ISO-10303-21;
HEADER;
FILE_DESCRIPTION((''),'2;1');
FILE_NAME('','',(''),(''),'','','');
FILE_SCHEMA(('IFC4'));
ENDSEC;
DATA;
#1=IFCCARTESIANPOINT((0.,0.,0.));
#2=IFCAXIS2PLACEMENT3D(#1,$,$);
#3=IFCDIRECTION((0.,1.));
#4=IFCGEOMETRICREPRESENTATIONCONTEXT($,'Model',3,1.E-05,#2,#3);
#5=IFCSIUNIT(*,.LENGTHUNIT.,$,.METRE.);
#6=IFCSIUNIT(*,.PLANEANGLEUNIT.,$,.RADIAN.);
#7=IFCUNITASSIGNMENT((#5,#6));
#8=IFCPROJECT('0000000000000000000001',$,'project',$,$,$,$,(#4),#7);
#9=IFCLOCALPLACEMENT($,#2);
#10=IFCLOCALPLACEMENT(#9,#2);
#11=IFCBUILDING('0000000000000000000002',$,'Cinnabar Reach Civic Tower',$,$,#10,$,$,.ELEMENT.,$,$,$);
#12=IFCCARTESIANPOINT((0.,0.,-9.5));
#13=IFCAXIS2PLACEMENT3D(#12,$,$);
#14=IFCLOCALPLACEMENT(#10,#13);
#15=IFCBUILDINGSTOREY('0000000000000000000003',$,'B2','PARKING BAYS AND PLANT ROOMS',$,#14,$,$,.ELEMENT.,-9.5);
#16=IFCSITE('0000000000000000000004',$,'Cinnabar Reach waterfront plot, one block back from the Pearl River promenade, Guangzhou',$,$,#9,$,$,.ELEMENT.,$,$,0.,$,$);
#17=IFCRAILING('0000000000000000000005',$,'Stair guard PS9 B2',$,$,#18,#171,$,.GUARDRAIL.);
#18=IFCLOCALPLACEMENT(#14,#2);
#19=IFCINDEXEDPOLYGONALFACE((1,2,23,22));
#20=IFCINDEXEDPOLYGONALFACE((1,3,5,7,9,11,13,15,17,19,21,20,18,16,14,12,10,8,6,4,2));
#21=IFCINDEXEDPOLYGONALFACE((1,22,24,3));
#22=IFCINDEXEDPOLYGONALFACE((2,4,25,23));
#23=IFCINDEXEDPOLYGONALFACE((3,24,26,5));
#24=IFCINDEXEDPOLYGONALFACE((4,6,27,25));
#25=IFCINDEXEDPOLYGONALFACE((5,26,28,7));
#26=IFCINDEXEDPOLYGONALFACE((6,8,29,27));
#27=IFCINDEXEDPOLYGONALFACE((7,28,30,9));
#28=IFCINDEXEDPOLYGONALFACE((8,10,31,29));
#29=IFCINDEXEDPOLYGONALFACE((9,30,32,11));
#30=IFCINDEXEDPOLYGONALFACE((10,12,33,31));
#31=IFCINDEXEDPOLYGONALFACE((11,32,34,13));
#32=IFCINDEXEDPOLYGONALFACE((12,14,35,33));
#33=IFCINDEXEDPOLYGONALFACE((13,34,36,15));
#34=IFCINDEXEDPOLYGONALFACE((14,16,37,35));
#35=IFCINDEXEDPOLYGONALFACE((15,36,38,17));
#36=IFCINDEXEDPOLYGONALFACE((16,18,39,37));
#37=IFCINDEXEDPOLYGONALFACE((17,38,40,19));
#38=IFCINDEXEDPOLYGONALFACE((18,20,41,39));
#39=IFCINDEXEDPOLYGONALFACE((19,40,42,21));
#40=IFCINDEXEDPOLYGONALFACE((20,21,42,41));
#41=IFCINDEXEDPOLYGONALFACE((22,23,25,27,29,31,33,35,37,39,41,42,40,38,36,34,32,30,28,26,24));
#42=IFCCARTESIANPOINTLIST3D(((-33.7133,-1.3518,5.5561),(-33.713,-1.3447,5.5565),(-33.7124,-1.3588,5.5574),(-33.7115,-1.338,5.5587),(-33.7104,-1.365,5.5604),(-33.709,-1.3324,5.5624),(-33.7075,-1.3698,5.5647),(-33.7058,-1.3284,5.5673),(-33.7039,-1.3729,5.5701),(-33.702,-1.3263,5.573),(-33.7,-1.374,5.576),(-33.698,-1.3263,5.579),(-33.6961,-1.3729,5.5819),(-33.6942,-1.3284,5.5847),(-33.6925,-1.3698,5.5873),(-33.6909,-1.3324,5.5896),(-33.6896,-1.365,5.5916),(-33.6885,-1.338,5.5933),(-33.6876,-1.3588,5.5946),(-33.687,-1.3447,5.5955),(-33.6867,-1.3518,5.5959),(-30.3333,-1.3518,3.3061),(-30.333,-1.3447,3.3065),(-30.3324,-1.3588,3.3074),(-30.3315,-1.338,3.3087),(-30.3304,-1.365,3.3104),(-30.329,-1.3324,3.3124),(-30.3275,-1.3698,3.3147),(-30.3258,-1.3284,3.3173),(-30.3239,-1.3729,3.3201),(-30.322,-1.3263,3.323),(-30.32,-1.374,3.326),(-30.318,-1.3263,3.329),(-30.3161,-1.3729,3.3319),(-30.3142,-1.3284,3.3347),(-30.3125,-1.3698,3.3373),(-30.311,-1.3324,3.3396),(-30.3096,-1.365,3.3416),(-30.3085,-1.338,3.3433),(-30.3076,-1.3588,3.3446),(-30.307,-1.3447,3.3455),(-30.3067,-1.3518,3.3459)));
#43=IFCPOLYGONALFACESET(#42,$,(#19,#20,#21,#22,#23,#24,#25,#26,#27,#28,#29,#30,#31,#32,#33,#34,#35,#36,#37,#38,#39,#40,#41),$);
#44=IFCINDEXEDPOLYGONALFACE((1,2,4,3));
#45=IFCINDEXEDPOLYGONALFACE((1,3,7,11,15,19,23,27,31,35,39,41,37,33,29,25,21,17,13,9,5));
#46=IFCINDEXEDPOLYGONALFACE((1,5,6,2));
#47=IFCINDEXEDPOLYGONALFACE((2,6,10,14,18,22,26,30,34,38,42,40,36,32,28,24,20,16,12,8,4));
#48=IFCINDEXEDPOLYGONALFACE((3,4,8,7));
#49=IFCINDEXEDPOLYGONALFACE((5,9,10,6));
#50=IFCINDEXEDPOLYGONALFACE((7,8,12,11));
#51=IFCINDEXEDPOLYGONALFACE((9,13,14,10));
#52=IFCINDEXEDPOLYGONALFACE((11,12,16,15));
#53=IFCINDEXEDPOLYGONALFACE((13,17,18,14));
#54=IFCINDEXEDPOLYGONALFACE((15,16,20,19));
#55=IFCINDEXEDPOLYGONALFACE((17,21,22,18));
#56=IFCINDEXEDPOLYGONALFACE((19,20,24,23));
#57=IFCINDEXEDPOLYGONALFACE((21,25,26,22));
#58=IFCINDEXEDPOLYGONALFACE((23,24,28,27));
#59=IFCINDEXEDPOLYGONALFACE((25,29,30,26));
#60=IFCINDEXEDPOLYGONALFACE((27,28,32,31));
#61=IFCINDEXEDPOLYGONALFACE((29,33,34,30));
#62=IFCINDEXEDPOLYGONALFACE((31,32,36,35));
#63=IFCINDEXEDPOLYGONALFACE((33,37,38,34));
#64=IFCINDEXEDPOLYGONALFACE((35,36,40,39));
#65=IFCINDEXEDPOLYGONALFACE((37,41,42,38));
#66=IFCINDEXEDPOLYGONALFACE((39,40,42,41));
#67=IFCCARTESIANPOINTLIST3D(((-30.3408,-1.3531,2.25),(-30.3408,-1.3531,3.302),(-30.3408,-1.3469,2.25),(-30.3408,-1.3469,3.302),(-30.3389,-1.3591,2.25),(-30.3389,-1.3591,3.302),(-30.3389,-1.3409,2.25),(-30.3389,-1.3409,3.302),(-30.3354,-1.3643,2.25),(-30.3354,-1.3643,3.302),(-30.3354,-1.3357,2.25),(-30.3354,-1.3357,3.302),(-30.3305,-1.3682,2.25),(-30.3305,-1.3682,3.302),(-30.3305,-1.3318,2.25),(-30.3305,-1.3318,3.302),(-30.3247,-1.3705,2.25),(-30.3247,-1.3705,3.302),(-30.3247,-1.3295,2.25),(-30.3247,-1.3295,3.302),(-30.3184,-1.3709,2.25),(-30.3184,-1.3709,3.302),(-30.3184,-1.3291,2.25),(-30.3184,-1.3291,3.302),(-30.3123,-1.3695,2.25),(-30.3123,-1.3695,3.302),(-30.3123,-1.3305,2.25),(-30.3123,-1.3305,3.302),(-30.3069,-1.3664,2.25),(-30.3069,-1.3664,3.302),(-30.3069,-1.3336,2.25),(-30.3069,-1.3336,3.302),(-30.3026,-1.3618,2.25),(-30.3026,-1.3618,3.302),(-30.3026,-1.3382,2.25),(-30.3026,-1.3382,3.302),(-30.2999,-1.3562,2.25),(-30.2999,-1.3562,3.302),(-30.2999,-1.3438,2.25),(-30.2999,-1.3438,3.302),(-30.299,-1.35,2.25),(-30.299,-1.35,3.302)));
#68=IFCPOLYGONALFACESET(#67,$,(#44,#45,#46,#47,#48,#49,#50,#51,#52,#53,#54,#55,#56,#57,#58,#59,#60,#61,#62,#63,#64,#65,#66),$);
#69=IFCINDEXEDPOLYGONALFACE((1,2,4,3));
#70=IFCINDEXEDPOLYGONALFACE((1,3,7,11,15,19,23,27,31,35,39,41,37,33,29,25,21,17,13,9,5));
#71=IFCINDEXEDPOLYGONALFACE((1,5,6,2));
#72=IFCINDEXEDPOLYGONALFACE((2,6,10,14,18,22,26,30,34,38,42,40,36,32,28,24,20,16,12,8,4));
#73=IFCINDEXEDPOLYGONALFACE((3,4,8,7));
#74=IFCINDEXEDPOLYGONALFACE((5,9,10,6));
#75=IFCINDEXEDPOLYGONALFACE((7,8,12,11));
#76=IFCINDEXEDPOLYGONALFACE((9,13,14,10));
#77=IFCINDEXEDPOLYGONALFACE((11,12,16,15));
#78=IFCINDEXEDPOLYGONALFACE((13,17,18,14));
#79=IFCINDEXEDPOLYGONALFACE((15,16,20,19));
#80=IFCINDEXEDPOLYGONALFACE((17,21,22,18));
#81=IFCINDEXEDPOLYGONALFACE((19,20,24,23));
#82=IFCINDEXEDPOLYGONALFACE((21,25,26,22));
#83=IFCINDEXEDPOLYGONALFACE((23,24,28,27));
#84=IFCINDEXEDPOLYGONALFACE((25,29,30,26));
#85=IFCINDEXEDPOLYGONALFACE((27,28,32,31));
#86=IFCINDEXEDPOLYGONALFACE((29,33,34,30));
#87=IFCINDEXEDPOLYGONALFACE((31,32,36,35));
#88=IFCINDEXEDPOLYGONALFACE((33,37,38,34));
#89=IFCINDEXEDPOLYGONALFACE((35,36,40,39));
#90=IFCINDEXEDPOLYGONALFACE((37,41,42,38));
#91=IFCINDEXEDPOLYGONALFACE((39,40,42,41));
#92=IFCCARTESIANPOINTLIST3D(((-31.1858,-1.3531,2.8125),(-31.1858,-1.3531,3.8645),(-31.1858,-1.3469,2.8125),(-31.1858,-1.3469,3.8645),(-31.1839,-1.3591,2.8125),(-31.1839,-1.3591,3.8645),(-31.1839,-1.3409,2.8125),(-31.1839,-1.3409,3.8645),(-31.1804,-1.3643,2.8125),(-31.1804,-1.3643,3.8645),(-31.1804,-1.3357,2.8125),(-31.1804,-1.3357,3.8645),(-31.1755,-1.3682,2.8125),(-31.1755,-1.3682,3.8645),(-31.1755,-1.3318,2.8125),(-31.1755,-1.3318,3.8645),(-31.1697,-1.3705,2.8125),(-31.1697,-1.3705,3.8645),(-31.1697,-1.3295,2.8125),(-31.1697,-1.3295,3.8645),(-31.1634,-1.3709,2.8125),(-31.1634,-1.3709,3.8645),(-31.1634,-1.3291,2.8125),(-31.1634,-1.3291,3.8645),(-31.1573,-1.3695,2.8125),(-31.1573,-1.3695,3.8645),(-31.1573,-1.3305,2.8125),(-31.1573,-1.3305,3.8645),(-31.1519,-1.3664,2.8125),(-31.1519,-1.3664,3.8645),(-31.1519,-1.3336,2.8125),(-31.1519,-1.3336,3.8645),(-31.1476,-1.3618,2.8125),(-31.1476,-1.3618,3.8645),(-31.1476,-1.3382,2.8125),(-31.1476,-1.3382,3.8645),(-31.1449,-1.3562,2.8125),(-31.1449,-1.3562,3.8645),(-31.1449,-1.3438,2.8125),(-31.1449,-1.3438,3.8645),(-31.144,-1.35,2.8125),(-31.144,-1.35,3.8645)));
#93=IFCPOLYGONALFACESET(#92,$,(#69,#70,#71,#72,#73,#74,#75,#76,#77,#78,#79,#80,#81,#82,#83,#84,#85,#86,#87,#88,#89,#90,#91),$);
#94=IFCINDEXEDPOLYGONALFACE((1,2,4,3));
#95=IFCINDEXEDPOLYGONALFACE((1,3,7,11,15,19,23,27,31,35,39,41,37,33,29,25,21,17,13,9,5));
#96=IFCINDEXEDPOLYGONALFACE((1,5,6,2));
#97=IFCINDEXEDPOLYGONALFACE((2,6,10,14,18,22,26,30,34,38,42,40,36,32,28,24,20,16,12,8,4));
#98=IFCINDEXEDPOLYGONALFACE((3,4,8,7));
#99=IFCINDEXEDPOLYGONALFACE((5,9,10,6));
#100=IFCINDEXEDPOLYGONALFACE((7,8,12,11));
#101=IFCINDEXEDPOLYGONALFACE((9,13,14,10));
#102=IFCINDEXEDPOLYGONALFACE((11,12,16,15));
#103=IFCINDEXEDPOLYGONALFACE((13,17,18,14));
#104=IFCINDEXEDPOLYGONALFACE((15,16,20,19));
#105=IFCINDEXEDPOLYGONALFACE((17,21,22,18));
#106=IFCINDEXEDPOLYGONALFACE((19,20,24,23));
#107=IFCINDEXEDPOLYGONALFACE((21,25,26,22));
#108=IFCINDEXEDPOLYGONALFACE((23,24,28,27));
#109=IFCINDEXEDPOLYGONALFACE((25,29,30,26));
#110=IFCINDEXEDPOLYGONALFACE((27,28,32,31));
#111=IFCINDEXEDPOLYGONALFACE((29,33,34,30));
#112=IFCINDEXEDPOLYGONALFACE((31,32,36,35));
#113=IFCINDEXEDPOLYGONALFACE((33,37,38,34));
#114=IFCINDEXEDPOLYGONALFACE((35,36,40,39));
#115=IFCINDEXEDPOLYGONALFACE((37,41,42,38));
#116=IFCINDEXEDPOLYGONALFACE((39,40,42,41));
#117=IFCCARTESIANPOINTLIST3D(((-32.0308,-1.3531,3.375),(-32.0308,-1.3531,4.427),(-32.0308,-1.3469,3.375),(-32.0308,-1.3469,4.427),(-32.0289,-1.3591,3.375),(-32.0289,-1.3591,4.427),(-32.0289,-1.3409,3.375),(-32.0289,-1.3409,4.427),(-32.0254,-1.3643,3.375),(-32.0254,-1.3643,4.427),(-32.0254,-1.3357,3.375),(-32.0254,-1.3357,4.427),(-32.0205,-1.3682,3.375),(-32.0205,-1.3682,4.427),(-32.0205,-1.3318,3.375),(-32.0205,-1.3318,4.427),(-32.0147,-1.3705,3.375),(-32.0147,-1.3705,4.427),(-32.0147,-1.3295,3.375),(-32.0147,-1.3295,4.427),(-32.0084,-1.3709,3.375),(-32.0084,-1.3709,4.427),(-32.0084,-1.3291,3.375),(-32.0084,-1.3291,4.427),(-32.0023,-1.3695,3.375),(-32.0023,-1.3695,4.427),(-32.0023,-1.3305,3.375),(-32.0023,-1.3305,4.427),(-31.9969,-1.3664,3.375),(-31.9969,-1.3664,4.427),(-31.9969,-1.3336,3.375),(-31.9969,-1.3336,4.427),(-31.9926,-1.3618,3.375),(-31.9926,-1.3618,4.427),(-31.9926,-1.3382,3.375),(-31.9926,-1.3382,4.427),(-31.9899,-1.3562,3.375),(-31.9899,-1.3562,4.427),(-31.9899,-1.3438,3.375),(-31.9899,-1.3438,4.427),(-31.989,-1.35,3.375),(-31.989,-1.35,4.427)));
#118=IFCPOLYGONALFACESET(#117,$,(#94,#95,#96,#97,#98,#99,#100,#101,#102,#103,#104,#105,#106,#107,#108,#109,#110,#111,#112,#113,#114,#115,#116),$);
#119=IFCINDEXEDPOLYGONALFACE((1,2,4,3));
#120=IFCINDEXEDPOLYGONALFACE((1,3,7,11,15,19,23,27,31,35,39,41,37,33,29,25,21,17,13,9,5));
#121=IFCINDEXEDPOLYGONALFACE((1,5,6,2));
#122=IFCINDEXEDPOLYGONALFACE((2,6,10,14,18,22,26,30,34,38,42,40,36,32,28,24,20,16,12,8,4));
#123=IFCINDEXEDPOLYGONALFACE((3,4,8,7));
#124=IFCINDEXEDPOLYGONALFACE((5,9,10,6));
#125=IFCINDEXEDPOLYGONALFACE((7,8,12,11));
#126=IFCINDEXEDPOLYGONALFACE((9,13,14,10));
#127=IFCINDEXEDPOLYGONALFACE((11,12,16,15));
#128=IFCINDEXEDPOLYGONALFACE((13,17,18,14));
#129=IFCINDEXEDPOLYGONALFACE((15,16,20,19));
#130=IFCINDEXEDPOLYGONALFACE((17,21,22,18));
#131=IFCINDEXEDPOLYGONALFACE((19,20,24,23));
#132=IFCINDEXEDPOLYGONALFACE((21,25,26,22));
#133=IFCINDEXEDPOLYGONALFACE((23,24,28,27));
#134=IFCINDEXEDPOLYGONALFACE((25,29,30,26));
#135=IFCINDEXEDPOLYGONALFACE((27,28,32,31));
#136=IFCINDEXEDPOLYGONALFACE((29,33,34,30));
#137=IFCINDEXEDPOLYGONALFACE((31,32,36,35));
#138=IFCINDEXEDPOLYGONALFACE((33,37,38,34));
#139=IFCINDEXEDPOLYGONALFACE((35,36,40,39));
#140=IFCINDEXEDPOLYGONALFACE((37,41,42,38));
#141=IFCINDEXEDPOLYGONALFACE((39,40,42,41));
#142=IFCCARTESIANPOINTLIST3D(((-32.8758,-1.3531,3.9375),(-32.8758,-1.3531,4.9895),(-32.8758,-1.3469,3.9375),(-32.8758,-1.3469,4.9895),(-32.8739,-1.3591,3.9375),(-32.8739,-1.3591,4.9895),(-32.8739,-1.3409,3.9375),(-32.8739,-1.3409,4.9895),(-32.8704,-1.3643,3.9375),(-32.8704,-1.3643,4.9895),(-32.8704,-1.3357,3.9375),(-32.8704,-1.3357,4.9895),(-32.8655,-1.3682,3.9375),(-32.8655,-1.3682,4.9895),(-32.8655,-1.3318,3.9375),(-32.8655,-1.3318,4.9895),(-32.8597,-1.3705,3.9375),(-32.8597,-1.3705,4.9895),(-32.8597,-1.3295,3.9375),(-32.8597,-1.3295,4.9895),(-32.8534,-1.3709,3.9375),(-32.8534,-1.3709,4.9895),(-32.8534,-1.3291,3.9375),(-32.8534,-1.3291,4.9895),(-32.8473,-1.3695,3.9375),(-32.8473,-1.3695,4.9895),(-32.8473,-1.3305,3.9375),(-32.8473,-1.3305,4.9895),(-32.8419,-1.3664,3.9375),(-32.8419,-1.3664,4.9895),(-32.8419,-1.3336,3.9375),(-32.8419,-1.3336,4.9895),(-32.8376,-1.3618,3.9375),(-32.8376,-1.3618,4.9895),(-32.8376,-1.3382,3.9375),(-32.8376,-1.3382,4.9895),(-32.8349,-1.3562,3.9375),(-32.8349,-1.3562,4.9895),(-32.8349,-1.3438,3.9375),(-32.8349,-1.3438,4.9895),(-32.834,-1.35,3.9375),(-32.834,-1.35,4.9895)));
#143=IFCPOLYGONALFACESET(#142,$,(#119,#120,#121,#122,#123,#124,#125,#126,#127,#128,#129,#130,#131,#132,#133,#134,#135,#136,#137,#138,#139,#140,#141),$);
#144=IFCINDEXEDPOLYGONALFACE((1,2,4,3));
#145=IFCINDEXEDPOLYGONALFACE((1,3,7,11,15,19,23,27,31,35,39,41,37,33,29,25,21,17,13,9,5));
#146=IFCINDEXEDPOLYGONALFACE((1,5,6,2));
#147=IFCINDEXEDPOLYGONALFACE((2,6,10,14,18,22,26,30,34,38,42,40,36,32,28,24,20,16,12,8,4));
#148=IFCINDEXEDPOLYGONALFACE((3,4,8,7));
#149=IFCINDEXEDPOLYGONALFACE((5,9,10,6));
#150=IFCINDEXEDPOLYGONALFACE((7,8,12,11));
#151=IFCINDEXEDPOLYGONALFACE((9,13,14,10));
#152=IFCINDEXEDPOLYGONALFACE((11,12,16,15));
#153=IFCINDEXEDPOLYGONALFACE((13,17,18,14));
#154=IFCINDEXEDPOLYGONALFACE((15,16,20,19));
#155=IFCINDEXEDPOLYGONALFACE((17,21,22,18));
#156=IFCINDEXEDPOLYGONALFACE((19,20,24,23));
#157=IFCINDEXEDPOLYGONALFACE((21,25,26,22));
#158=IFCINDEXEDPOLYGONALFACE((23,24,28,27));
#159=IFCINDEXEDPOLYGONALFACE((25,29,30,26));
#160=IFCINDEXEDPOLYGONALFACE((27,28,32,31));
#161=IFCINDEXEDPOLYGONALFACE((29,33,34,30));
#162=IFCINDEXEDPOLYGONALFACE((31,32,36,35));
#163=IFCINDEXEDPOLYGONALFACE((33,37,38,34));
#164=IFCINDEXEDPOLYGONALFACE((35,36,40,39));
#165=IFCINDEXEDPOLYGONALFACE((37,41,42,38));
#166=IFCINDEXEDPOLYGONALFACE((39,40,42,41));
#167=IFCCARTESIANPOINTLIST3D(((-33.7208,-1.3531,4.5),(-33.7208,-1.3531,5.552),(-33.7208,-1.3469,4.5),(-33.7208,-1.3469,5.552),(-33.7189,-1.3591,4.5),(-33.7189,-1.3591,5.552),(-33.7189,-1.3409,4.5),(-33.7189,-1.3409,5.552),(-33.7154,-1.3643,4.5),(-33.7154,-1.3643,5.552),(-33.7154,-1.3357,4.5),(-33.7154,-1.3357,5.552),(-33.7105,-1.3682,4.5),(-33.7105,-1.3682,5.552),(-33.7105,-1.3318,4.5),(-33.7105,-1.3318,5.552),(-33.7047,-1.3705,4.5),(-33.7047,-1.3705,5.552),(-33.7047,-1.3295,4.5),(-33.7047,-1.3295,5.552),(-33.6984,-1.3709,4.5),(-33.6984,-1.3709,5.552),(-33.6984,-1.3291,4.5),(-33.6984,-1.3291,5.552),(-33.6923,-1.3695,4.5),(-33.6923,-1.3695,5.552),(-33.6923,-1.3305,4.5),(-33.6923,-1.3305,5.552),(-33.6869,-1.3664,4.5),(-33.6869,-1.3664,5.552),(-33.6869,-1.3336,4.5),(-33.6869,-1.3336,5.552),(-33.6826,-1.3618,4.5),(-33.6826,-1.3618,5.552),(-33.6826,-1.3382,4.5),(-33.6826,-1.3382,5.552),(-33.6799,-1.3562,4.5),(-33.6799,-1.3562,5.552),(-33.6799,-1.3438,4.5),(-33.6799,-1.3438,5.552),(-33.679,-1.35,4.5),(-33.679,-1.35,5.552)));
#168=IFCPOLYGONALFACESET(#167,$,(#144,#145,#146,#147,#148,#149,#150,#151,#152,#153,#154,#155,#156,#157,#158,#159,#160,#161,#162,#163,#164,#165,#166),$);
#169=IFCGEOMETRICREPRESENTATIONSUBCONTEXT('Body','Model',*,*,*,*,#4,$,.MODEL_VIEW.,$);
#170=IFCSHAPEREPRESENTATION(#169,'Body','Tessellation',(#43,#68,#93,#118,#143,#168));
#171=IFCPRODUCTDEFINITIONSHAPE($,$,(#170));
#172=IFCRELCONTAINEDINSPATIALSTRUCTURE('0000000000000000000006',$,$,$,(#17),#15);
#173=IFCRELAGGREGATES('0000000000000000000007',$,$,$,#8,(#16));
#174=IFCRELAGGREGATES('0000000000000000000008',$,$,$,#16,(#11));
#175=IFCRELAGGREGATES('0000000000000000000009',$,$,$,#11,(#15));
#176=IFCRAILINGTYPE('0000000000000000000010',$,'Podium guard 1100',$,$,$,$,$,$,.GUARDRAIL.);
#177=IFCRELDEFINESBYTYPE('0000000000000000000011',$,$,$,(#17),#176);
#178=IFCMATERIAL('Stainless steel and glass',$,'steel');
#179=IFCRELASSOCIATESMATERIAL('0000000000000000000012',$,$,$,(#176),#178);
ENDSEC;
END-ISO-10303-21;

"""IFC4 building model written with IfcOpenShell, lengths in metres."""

from ifc_helpers import new_model, si_unit, direction, frame, origin, origin_2d, place, context, subcontext, project, spatial, circle, extrude, material, type_object, element, save


model = new_model("IFC4")

# Units and contexts
model_context = context("Model", 3, precision=1e-05, world=origin(), true_north=direction((0.0, 1.0)))
body_context = subcontext(model_context, "Body", "Model", "MODEL_VIEW")
ifc_project = project(units=[si_unit("LENGTHUNIT", "METRE"), si_unit("PLANEANGLEUNIT", "RADIAN")], contexts=[model_context])

# Site, building, storey
site_placement = place(None, origin())
site = spatial("IfcSite", under=ifc_project, at=site_placement, Name="Cinnabar Reach waterfront plot, one block back from the Pearl River promenade, Guangzhou", CompositionType="ELEMENT", RefElevation=0.0)
building_placement = place(site_placement, origin())
building = spatial("IfcBuilding", under=site, at=building_placement, Name="Cinnabar Reach Civic Tower", CompositionType="ELEMENT")
storey_placement = place(building_placement, frame((0.0, 0.0, -9.5)))
storey = spatial("IfcBuildingStorey", under=building, at=storey_placement, Name="B2", Description="PARKING BAYS AND PLANT ROOMS", CompositionType="ELEMENT", Elevation=-9.5)

# Railing
ifc_material_1 = material(Name="Stainless steel and glass", Category="steel")
railing_type_1 = type_object("IfcRailingType", Name="Podium guard 1100", PredefinedType="GUARDRAIL", material=ifc_material_1)
railing_1_placement = place(storey_placement, frame((-30.32, -1.35, 2.25)))
element("IfcRailing", 1, at=railing_1_placement, inside=storey, type_object=railing_type_1, Name="Stair guard PS9 B2", PredefinedType="GUARDRAIL", context=body_context, shape_type="SweptSolid", body=[
    extrude(circle(Radius=0.024, at=origin_2d()), frame((0.0, 0.0, 1.076), z_axis=(-0.832429, 0.0, 0.554132), x_axis=(0.0, -1.0, 0.0)), (0.0, 0.0, 1.0), 4.0604),
    extrude(circle(Radius=0.021, at=origin_2d()), origin(), (0.0, 0.0, 1.0), 1.052),
    extrude(circle(Radius=0.021, at=origin_2d()), frame((-0.845, 0.0, 0.5625)), (0.0, 0.0, 1.0), 1.052),
    extrude(circle(Radius=0.021, at=origin_2d()), frame((-1.69, 0.0, 1.125)), (0.0, 0.0, 1.0), 1.052),
    extrude(circle(Radius=0.021, at=origin_2d()), frame((-2.535, 0.0, 1.6875)), (0.0, 0.0, 1.0), 1.052),
    extrude(circle(Radius=0.021, at=origin_2d()), frame((-3.38, 0.0, 2.25)), (0.0, 0.0, 1.0), 1.052),
])

save(model, "model.ifc")
